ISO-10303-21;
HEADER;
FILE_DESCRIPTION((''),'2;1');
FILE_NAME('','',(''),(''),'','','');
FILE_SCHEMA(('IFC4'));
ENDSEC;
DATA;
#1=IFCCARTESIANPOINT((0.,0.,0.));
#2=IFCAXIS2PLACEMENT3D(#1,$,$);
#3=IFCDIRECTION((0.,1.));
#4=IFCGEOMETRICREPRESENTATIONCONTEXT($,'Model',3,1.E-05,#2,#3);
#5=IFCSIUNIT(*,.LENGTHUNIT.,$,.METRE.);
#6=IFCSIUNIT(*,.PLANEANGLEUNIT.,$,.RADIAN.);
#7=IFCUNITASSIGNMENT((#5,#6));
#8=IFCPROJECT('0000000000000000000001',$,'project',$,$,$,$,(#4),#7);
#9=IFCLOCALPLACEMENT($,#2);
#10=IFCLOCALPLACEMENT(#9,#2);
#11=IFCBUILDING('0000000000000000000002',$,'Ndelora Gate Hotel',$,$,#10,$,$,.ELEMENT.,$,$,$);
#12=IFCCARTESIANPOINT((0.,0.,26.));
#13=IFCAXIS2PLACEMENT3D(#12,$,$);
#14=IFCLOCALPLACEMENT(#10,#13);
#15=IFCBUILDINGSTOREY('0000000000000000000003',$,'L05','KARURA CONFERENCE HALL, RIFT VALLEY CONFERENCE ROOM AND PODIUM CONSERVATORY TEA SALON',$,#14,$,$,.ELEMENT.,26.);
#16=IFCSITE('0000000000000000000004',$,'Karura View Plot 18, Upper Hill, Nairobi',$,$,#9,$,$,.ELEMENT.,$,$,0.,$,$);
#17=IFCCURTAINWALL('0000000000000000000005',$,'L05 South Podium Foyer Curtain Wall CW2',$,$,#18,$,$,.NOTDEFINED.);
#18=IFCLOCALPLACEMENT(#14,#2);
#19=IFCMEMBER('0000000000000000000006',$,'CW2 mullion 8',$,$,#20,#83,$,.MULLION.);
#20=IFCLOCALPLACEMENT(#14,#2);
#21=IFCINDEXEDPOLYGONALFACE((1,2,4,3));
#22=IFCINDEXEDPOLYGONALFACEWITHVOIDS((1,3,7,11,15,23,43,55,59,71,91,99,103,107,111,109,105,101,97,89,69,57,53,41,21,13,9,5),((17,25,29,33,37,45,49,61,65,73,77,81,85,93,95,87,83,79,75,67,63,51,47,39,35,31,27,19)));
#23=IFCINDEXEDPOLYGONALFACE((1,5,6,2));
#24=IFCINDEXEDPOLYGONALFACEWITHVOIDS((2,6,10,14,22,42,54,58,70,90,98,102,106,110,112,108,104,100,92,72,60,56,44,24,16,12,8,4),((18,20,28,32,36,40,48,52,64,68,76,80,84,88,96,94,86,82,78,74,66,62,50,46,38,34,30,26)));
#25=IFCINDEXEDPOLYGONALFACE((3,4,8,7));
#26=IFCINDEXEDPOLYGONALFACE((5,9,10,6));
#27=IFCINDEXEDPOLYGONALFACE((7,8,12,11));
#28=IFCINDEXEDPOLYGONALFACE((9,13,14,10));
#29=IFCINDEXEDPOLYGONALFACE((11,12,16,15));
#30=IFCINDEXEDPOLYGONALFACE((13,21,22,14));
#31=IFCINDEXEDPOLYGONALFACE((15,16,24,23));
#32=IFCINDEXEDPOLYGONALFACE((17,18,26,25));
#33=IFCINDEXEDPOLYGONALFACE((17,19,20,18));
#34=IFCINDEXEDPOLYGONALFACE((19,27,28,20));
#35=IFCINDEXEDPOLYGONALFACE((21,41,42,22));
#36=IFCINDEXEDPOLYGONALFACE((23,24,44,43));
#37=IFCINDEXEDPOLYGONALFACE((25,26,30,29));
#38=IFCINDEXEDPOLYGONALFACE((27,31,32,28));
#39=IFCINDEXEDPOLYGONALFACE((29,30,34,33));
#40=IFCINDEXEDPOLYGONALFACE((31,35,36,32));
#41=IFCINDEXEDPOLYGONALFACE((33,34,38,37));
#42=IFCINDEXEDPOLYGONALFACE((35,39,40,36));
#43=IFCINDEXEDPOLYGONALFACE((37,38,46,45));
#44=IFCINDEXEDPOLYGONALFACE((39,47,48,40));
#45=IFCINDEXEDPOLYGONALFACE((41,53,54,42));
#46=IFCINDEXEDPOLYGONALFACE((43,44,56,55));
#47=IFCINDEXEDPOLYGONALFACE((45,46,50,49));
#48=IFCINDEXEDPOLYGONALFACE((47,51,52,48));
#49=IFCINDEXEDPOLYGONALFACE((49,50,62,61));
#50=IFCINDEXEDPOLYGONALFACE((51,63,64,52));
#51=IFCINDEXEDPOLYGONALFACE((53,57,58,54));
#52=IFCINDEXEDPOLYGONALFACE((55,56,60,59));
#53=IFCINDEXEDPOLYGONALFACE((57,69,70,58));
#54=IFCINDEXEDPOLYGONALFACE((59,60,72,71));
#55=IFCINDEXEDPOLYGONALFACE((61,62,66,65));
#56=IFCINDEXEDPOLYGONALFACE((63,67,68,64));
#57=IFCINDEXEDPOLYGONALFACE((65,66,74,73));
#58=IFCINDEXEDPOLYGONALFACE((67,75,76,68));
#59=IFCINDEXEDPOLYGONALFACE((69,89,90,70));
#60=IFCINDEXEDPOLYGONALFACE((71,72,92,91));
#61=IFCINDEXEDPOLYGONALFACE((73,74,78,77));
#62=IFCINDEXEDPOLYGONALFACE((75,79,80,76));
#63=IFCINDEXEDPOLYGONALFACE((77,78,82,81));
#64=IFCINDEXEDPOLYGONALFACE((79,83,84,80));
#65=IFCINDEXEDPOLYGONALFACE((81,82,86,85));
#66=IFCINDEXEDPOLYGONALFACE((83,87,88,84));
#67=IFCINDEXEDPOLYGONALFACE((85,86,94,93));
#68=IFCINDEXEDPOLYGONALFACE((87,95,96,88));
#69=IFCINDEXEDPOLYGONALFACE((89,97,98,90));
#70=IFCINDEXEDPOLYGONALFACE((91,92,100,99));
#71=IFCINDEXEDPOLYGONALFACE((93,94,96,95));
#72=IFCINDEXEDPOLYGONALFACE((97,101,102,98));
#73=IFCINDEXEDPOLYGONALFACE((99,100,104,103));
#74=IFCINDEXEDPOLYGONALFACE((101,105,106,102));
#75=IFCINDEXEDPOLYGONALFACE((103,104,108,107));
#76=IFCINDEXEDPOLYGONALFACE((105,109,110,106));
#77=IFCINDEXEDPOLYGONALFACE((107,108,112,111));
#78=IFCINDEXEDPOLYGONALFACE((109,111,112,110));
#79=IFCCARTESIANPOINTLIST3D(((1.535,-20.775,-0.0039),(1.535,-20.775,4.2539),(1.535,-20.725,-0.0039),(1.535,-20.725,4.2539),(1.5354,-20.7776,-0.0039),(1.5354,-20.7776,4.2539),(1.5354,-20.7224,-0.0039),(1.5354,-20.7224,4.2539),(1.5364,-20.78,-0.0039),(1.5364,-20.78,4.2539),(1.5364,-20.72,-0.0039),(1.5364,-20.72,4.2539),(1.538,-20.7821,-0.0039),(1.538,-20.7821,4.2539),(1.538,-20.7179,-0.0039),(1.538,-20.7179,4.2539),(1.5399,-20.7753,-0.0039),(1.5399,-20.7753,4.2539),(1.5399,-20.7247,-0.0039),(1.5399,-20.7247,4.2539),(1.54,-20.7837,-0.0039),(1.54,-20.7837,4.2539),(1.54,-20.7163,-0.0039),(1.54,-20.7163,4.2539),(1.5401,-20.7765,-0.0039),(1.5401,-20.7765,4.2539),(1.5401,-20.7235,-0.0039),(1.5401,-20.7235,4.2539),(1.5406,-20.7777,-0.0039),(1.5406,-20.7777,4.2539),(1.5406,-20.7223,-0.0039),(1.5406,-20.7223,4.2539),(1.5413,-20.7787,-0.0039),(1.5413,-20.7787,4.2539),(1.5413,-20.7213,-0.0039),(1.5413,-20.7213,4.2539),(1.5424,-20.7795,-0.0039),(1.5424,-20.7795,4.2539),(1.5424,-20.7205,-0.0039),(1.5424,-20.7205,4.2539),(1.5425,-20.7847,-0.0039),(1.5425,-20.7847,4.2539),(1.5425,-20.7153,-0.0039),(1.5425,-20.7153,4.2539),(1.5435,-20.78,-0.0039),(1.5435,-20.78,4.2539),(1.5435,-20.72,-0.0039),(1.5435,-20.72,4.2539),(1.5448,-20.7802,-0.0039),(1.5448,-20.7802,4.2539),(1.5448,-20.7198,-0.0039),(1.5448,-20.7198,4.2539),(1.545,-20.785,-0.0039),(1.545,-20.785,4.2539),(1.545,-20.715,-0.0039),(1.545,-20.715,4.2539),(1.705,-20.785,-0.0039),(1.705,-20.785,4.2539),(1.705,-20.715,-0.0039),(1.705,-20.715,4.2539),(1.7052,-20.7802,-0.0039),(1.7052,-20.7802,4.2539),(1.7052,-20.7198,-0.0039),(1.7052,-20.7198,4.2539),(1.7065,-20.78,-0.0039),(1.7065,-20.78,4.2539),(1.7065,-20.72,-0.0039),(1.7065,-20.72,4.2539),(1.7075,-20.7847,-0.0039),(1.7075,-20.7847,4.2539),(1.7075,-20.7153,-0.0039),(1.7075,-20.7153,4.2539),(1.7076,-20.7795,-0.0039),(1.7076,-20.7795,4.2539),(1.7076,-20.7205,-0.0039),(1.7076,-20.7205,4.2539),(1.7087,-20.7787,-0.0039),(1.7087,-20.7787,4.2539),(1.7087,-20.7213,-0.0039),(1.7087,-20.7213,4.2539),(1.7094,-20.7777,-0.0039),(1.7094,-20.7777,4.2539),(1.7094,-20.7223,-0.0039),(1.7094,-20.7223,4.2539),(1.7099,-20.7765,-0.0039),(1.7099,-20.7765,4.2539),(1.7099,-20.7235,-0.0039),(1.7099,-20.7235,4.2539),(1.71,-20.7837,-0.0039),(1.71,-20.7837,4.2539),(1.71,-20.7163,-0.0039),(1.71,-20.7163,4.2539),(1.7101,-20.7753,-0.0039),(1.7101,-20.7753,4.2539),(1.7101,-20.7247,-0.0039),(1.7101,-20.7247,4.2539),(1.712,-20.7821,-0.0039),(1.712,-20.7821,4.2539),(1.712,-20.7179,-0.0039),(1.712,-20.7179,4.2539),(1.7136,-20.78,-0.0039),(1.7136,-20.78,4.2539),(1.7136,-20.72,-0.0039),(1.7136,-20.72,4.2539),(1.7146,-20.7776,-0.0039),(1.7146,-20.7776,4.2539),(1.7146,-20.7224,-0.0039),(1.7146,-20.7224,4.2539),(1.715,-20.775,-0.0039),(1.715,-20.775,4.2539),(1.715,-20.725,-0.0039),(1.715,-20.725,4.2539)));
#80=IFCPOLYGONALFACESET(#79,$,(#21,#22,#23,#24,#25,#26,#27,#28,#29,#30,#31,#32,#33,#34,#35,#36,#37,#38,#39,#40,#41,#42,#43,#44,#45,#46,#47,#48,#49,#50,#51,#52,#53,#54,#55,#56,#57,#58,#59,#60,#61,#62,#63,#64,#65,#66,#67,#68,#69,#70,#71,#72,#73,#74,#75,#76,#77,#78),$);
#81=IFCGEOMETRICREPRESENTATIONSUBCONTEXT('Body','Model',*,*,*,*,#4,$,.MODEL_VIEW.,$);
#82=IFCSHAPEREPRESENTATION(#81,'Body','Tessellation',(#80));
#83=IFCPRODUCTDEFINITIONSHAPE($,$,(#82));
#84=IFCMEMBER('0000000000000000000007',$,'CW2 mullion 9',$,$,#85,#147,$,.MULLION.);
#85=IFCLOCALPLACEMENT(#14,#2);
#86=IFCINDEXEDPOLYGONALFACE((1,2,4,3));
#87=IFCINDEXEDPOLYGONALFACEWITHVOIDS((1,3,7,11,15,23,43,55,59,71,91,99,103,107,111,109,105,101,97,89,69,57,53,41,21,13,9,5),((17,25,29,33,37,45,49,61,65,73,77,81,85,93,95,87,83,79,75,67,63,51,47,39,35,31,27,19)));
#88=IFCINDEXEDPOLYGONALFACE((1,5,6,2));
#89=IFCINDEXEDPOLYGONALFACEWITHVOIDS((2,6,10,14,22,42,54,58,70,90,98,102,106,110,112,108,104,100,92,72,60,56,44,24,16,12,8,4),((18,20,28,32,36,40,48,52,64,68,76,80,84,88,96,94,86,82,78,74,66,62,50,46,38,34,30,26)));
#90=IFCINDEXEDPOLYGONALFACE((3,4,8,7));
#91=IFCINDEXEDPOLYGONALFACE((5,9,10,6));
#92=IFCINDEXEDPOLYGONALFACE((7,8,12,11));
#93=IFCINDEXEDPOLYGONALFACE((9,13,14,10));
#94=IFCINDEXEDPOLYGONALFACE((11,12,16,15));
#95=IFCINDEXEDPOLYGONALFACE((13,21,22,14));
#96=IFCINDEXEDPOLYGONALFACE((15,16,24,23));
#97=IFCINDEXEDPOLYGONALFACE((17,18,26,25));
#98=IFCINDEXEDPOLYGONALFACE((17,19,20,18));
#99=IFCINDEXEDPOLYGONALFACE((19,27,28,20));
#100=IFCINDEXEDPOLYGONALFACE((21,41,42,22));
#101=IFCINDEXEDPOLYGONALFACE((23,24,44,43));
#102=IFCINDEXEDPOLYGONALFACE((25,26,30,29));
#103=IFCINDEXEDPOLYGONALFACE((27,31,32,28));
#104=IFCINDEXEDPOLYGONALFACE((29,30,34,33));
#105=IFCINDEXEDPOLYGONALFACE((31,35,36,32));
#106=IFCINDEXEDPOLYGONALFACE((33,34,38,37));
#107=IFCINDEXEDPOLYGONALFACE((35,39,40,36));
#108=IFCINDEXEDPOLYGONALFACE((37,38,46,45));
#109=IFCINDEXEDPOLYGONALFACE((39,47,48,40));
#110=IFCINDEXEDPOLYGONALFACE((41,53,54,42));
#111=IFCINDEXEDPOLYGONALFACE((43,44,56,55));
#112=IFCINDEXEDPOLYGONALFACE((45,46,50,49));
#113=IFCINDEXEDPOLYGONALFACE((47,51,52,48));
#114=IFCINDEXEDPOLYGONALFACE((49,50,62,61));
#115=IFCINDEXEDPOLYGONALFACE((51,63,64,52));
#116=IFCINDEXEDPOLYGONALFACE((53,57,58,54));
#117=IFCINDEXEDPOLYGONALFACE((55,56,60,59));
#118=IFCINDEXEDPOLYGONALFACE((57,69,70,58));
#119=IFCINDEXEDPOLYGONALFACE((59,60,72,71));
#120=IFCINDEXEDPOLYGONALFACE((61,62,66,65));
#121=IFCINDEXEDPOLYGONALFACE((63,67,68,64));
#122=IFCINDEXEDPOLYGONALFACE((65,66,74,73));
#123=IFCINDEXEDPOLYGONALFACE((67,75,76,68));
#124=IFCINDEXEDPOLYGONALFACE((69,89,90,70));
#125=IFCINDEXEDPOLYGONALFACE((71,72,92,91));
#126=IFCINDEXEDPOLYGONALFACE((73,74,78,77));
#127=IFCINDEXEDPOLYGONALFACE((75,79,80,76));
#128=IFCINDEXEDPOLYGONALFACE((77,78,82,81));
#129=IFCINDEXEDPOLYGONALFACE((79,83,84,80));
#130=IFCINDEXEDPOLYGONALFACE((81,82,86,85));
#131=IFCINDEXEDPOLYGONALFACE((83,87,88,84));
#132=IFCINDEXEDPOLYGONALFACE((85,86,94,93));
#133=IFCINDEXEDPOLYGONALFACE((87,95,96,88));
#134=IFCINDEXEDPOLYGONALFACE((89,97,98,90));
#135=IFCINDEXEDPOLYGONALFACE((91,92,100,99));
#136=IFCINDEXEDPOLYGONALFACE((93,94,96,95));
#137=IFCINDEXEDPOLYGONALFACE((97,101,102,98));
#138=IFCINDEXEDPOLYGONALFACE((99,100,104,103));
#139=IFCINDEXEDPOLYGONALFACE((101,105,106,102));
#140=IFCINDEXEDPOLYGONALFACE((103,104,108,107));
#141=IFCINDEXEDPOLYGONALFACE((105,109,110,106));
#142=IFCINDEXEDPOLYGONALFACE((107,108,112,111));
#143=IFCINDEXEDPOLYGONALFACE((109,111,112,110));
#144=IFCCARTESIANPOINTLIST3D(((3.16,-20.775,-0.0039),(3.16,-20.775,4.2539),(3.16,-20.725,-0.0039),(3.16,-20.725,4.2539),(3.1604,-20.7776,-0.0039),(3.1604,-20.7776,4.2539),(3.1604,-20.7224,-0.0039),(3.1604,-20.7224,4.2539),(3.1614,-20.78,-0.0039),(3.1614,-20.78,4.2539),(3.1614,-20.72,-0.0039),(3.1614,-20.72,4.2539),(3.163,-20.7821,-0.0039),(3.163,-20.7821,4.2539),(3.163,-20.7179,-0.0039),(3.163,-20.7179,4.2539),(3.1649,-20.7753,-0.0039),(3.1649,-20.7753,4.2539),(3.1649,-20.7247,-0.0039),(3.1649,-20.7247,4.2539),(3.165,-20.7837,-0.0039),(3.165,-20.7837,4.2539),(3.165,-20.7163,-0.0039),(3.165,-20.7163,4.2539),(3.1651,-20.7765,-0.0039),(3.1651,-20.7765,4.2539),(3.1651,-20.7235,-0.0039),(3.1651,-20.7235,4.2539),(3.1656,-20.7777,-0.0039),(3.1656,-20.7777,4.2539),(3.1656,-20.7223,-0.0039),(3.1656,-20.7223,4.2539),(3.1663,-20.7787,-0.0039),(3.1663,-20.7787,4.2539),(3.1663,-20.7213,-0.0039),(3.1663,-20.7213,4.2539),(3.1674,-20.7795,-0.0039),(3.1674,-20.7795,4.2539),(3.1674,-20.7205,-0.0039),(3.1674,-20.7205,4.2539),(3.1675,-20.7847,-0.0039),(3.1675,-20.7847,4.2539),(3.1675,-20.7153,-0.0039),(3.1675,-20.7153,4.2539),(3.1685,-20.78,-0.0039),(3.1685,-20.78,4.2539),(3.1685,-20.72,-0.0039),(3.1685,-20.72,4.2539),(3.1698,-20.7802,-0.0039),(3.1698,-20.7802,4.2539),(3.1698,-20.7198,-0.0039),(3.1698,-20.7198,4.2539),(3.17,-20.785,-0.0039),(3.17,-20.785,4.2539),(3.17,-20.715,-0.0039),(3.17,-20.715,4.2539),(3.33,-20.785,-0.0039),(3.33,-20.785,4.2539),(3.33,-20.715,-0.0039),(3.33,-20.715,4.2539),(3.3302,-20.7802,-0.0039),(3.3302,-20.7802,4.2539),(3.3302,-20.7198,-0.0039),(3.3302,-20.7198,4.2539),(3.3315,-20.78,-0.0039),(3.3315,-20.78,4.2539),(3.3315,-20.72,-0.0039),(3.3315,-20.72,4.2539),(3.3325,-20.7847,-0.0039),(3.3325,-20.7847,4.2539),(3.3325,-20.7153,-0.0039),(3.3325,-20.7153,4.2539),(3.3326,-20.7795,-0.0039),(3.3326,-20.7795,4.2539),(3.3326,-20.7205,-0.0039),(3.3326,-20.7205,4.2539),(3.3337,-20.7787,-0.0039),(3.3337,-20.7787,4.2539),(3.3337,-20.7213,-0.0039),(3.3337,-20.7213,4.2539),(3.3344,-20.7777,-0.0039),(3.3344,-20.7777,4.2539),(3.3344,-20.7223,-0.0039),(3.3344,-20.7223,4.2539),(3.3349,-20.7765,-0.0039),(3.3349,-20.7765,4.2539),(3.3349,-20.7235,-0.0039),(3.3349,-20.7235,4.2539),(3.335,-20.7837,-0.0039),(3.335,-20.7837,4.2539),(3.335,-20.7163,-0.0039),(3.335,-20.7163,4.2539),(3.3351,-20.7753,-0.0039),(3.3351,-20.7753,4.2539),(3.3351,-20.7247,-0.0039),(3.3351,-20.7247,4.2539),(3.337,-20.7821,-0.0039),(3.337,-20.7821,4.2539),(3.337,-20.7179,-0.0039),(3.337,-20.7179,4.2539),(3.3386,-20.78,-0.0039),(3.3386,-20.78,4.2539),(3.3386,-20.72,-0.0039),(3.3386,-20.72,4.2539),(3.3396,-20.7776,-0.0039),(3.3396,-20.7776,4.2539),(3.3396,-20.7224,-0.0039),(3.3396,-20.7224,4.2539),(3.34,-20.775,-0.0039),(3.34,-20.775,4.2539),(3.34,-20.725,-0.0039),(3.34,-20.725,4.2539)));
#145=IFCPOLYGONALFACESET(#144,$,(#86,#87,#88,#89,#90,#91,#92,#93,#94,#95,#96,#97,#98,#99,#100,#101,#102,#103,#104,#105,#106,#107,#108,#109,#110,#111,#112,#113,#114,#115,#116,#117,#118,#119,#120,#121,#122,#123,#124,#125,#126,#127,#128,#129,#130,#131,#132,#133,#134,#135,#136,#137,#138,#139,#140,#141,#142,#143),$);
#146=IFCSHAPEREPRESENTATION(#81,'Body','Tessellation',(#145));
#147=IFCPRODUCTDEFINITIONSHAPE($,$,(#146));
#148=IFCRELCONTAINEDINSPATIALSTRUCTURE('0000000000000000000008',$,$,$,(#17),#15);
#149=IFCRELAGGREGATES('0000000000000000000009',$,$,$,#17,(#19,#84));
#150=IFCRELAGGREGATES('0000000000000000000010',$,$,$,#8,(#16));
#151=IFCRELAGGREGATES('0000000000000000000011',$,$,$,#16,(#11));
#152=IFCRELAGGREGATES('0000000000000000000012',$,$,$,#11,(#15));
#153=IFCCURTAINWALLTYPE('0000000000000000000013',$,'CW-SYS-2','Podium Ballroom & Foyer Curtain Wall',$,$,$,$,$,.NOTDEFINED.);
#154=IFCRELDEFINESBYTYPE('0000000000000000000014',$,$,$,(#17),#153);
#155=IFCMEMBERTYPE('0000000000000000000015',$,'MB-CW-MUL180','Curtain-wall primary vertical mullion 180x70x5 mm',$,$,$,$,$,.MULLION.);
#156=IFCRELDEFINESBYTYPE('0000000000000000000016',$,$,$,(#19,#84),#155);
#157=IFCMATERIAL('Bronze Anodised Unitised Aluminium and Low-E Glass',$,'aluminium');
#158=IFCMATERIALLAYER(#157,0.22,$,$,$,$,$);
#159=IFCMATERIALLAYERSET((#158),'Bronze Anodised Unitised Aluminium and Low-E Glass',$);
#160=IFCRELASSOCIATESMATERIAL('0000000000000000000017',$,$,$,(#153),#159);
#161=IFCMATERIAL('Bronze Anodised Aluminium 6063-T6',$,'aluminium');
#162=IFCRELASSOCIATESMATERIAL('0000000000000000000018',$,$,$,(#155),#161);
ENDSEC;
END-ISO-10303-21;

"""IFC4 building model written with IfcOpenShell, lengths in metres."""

from ifc_helpers import new_model, si_unit, direction, frame, origin, origin_2d, place, context, subcontext, project, spatial, hollow_rectangle, extrude, material, layer, layer_set, material_profile, profile_set, type_object, element, aggregate, save


model = new_model("IFC4")

# Units and contexts
model_context = context("Model", 3, precision=1e-05, world=origin(), true_north=direction((0.0, 1.0)))
body_context = subcontext(model_context, "Body", "Model", "MODEL_VIEW")
ifc_project = project(units=[si_unit("LENGTHUNIT", "METRE"), si_unit("PLANEANGLEUNIT", "RADIAN")], contexts=[model_context])

# Site, building, storey
site_placement = place(None, origin())
site = spatial("IfcSite", under=ifc_project, at=site_placement, Name="Karura View Plot 18, Upper Hill, Nairobi", CompositionType="ELEMENT", RefElevation=0.0)
building_placement = place(site_placement, origin())
building = spatial("IfcBuilding", under=site, at=building_placement, Name="Ndelora Gate Hotel", CompositionType="ELEMENT")
storey_placement = place(building_placement, frame((0.0, 0.0, 26.0)))
storey = spatial("IfcBuildingStorey", under=building, at=storey_placement, Name="L05", Description="KARURA CONFERENCE HALL, RIFT VALLEY CONFERENCE ROOM AND PODIUM CONSERVATORY TEA SALON", CompositionType="ELEMENT", Elevation=26.0)

# Curtain wall, members
ifc_material_1 = material(Name="Bronze Anodised Unitised Aluminium and Low-E Glass", Category="aluminium")
ifc_layer_1 = layer(ifc_material_1, 0.22)
ifc_layer_set_1 = layer_set([ifc_layer_1], Name="Bronze Anodised Unitised Aluminium and Low-E Glass")
curtain_wall_type = type_object("IfcCurtainWallType", Name="CW-SYS-2", Description="Podium Ballroom & Foyer Curtain Wall", PredefinedType="NOTDEFINED", material=ifc_layer_set_1)
curtain_wall_placement = place(storey_placement, origin())
curtain_wall = element("IfcCurtainWall", 1, at=curtain_wall_placement, inside=storey, type_object=curtain_wall_type, Name="L05 South Podium Foyer Curtain Wall CW2", PredefinedType="NOTDEFINED")
ifc_material_2 = material(Name="Bronze Anodised Aluminium 6063-T6", Category="aluminium")
ifc_material_profile_1 = material_profile(ifc_material_2, hollow_rectangle(XDim=0.0701, YDim=0.1799, WallThickness=0.0049, InnerFilletRadius=0.0049, OuterFilletRadius=0.01, at=origin_2d()), Name="ALU 180x70x5")
ifc_profile_set_1 = profile_set([ifc_material_profile_1], Name="Bronze Anodised Aluminium 6063-T6")
member_type_1 = type_object("IfcMemberType", Name="MB-CW-MUL180", Description="Curtain-wall primary vertical mullion 180x70x5 mm", PredefinedType="MULLION", material=ifc_profile_set_1)
member_1_placement = place(storey_placement, frame((1.625, -20.75, -0.0039), z_axis=(0.0, 0.0, 1.0), x_axis=(0.0, 1.0, 0.0)))
member_1 = element("IfcMember", 2, at=member_1_placement, type_object=member_type_1, Name="CW2 mullion 8", PredefinedType="MULLION", context=body_context, shape_type="SweptSolid", body=[
    extrude(hollow_rectangle(XDim=0.0701, YDim=0.1799, WallThickness=0.0049, InnerFilletRadius=0.0049, OuterFilletRadius=0.01, at=origin_2d()), origin(), (0.0, 0.0, 1.0), 4.2578),
])
member_2_placement = place(storey_placement, frame((3.25, -20.75, -0.0039), z_axis=(0.0, 0.0, 1.0), x_axis=(0.0, 1.0, 0.0)))
member_2 = element("IfcMember", 3, at=member_2_placement, type_object=member_type_1, Name="CW2 mullion 9", PredefinedType="MULLION", context=body_context, shape_type="SweptSolid", body=[
    extrude(hollow_rectangle(XDim=0.0701, YDim=0.1799, WallThickness=0.0049, InnerFilletRadius=0.0049, OuterFilletRadius=0.01, at=origin_2d()), origin(), (0.0, 0.0, 1.0), 4.2578),
])
aggregate(curtain_wall, [member_1, member_2])

save(model, "model.ifc")
